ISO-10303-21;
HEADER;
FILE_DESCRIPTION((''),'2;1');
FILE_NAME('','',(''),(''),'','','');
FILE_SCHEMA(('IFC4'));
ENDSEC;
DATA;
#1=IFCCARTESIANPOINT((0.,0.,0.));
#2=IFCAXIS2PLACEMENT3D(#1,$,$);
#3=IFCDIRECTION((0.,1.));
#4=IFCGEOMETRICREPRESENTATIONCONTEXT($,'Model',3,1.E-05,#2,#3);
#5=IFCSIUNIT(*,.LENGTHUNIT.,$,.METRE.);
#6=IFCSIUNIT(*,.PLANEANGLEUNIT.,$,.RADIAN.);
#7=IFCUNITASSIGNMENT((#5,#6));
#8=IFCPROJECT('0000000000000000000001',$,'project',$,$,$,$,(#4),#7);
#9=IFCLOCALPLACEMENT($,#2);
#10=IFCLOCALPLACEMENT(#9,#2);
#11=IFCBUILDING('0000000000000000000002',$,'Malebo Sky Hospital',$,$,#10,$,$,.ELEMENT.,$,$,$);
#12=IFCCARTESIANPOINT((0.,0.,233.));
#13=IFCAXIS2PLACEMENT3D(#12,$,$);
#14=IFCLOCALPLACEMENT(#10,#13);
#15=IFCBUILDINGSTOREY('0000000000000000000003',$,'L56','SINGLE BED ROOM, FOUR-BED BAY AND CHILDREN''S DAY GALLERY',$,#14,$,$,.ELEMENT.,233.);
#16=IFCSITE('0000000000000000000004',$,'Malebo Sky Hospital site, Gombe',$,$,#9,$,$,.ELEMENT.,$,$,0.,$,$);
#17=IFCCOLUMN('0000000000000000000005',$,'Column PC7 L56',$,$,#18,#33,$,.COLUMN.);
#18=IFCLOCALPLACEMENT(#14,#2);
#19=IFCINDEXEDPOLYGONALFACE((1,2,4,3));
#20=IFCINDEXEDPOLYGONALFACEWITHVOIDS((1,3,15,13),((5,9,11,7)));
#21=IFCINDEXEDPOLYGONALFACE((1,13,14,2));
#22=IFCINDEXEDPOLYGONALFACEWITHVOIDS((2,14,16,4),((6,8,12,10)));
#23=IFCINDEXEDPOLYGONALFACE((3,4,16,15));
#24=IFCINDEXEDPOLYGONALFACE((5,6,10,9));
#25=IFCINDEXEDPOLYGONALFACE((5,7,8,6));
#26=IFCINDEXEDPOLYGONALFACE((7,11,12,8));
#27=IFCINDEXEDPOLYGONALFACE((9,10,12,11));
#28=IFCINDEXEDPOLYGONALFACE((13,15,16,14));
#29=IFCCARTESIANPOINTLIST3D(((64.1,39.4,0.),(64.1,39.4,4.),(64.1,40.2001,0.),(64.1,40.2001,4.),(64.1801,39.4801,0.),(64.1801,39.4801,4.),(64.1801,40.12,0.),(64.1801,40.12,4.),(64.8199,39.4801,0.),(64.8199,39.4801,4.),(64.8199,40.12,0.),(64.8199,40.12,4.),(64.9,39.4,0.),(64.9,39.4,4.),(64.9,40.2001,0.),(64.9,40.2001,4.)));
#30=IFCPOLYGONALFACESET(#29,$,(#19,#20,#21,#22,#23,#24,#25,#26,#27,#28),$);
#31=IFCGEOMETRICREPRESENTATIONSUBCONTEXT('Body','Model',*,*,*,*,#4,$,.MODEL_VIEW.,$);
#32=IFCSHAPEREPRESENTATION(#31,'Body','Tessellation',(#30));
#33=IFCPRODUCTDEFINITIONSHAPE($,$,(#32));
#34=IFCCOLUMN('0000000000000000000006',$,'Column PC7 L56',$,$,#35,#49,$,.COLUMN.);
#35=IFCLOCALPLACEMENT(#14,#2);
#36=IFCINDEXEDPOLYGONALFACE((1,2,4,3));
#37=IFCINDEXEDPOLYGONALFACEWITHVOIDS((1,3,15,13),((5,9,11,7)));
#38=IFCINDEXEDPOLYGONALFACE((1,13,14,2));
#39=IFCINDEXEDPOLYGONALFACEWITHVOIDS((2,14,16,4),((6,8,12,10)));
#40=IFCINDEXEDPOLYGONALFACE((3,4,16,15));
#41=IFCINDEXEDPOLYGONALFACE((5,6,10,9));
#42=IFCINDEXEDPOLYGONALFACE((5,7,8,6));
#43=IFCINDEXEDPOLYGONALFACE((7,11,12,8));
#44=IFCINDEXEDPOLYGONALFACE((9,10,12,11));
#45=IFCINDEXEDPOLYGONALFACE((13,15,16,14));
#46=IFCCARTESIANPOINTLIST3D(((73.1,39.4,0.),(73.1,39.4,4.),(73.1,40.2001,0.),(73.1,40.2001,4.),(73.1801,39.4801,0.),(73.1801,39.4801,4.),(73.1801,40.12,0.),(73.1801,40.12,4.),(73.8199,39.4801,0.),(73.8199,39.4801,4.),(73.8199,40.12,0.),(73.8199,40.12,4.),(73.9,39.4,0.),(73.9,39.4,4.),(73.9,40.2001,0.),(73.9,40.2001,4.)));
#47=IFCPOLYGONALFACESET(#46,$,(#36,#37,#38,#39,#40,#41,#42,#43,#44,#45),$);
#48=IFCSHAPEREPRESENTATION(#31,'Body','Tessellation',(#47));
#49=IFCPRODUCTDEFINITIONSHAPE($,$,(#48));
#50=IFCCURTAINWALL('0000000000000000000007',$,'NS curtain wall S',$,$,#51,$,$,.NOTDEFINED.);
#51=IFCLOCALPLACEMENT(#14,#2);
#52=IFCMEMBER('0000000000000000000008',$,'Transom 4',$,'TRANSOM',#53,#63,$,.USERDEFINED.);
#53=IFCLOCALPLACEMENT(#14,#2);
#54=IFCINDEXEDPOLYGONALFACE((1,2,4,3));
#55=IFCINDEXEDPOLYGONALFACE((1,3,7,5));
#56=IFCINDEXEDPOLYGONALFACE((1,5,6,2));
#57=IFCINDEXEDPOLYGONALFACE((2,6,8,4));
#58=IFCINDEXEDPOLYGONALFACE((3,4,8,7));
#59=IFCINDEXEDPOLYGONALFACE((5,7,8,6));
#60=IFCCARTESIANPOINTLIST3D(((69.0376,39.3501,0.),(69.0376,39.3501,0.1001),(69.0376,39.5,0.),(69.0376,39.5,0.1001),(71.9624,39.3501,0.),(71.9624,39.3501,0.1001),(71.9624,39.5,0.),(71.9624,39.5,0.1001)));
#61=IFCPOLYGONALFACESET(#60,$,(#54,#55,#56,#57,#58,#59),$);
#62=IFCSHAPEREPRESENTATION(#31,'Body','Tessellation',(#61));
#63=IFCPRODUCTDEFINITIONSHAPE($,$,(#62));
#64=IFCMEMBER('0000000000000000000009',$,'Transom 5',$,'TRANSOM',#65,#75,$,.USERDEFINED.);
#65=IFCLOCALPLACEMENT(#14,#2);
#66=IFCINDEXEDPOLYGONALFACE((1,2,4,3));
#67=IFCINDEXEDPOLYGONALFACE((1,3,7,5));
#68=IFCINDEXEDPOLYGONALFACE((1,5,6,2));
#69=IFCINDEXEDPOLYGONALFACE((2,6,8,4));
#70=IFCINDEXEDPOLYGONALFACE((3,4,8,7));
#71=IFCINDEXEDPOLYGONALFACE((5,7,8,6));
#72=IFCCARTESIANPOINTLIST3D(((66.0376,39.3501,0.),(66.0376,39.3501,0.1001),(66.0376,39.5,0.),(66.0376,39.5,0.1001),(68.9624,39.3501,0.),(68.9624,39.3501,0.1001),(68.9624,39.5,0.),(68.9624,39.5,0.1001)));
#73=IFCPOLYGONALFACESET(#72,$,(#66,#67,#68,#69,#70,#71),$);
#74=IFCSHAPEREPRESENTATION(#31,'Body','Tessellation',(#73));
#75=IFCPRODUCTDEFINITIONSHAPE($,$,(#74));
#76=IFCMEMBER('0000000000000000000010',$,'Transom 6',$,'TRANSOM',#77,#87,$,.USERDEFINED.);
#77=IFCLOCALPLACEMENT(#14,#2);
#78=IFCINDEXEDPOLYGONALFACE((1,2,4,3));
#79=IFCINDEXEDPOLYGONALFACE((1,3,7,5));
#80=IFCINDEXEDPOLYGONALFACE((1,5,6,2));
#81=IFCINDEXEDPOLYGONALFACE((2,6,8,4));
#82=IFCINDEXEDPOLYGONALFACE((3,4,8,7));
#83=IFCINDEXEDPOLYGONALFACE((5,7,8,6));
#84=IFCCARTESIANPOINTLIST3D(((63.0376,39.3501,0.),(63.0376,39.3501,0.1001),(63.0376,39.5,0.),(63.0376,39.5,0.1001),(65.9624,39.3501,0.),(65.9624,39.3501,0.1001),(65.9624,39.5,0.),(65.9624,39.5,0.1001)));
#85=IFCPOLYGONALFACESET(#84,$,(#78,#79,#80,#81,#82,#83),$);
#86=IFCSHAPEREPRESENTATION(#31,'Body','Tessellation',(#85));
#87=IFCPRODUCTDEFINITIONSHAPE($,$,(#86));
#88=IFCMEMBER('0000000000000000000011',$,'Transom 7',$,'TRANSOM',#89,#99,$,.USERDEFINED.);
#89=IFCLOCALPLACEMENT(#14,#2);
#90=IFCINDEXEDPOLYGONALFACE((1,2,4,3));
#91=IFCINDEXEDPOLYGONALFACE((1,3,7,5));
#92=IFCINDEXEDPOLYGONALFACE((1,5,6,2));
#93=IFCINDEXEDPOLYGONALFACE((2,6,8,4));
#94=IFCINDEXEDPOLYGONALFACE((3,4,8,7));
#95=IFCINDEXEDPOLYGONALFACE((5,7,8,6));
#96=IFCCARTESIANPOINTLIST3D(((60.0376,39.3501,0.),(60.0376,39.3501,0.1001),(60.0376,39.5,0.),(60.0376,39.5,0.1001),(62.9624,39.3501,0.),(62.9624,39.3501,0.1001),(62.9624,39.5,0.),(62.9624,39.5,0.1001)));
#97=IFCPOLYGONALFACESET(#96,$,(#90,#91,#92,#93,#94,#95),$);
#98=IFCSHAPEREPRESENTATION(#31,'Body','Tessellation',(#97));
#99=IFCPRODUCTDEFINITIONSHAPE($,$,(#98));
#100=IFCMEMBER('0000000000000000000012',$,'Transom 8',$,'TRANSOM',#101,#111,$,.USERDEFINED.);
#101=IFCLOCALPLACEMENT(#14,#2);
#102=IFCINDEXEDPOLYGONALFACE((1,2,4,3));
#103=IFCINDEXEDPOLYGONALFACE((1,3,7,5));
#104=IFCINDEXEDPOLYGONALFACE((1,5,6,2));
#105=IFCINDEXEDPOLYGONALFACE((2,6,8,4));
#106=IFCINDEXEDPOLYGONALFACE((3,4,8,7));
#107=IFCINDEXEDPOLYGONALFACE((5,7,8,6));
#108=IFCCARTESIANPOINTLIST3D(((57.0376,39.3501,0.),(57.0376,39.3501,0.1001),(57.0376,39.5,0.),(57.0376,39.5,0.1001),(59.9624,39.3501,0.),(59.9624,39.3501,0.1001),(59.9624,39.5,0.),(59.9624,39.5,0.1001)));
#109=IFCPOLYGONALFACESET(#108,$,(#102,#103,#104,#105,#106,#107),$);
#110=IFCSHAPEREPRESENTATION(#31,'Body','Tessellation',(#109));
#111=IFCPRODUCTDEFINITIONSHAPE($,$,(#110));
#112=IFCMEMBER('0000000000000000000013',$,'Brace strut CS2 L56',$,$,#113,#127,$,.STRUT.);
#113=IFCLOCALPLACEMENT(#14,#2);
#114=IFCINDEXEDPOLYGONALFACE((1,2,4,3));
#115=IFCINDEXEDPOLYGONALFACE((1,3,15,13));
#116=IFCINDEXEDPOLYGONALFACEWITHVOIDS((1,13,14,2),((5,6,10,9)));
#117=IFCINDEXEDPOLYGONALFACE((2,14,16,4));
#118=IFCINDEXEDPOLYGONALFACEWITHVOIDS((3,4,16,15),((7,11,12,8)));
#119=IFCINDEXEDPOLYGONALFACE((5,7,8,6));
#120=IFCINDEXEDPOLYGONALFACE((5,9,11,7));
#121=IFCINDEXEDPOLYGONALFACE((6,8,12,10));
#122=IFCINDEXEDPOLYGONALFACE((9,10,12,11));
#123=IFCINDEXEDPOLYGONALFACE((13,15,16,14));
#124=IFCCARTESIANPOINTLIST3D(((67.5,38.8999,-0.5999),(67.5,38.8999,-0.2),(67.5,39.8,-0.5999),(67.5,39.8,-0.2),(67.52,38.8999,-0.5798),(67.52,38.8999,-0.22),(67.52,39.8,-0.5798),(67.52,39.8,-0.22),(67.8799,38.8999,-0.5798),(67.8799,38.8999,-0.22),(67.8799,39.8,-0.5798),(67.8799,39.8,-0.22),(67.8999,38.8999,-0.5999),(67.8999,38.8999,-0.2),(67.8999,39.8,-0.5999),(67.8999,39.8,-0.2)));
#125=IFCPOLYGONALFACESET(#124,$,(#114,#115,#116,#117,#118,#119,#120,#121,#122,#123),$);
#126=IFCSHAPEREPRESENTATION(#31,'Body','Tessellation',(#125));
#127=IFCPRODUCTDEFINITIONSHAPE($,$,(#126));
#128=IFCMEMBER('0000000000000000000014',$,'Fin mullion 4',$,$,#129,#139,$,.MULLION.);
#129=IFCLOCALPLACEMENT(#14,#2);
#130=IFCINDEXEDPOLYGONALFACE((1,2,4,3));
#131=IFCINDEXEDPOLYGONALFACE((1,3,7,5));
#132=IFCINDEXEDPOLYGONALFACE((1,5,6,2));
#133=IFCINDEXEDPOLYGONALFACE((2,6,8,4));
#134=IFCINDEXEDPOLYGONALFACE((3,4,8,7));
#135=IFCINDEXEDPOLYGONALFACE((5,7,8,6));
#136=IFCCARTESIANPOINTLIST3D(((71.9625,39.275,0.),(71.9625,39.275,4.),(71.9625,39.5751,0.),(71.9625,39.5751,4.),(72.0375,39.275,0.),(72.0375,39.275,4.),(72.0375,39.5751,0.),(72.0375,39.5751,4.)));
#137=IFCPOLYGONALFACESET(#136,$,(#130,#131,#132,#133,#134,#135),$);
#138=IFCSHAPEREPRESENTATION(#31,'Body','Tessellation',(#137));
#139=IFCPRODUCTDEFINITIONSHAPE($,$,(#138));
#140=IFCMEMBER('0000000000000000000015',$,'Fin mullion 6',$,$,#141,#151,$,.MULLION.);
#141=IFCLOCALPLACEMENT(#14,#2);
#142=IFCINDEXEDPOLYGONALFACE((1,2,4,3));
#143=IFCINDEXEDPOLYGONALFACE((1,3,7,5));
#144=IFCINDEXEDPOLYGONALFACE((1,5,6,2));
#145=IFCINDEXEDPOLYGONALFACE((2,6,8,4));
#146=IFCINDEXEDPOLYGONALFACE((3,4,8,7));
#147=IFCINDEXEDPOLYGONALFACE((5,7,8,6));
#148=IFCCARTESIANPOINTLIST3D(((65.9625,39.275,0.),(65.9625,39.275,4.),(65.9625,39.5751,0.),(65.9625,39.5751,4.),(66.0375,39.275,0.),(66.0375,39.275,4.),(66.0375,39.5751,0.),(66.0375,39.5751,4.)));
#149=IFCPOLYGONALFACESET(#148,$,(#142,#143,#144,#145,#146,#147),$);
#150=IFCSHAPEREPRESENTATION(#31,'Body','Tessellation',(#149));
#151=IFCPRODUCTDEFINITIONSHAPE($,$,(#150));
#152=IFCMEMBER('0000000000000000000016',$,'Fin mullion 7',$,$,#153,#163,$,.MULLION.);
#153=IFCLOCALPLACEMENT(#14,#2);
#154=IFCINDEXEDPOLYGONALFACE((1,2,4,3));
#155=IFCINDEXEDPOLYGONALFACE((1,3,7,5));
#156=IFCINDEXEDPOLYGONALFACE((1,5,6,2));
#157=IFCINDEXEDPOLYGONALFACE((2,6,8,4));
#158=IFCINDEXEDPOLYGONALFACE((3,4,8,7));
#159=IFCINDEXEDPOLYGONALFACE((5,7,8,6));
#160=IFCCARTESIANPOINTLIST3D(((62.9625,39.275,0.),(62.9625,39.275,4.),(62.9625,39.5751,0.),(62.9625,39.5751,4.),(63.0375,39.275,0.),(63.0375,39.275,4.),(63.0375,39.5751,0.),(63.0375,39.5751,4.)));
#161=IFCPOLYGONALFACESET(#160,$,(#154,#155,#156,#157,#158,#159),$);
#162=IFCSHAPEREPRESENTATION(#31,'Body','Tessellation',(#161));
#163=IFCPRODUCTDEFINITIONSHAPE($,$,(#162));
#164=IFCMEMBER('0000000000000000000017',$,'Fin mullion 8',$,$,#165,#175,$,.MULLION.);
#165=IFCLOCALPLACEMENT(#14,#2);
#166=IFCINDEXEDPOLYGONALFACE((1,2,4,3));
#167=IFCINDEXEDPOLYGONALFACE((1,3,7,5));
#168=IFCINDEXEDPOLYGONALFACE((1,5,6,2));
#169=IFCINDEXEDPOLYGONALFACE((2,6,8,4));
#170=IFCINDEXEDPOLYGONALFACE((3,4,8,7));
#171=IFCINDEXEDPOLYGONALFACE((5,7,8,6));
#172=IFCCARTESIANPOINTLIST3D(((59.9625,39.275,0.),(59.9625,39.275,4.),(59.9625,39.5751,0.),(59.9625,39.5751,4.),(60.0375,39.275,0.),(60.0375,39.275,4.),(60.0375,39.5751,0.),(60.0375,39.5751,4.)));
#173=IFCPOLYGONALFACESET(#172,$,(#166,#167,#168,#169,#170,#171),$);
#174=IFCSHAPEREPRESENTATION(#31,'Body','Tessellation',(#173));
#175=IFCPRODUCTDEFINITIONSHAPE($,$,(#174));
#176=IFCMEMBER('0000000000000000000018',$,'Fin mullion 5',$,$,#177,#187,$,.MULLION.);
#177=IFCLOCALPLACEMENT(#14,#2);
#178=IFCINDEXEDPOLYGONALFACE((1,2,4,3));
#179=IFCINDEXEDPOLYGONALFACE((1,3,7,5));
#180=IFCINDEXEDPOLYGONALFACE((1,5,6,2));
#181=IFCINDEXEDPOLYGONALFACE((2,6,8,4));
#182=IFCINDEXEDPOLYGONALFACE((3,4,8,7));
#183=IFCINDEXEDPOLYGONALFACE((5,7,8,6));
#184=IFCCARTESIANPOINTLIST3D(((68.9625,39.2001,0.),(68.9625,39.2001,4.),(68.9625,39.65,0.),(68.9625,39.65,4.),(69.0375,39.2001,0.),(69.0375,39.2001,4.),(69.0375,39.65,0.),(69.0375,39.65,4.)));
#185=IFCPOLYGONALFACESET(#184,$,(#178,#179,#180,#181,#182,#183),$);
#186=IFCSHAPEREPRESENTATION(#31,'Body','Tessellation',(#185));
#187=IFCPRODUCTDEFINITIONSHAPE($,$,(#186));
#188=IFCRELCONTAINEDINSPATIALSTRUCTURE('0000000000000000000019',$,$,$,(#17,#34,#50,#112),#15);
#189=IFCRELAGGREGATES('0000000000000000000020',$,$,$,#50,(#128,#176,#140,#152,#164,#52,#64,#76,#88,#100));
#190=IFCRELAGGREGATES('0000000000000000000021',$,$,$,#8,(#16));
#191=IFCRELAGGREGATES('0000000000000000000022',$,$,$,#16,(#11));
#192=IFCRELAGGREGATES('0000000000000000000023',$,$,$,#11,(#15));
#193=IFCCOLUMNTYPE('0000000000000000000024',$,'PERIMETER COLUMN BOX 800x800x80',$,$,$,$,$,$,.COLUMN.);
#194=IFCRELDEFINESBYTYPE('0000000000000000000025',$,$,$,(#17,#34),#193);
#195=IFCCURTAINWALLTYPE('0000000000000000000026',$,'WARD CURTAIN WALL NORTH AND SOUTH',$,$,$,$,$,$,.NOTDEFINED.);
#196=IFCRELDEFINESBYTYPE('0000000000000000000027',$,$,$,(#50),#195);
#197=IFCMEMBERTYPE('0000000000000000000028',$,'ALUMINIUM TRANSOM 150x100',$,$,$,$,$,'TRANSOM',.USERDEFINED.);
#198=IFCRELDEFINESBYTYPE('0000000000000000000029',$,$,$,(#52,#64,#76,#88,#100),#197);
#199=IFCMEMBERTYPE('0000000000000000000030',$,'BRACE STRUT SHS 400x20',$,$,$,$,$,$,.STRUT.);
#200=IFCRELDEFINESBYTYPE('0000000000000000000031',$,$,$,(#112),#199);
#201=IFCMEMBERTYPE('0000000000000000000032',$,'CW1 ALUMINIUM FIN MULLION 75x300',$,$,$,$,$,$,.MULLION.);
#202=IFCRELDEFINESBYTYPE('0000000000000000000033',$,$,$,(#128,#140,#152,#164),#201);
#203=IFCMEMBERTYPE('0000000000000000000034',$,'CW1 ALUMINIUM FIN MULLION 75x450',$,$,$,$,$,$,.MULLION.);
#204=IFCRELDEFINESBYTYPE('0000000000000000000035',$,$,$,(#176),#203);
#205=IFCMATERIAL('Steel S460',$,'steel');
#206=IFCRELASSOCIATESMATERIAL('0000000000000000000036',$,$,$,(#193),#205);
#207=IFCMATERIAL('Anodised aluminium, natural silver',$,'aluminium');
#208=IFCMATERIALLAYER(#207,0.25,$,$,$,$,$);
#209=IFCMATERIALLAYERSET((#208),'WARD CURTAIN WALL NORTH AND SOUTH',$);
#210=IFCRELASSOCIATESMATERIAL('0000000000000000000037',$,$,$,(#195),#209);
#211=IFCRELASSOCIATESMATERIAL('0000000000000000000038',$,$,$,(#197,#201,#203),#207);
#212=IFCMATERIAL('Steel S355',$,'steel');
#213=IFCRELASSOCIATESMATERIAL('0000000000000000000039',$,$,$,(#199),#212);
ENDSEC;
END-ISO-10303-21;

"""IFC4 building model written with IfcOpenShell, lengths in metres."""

from ifc_helpers import new_model, si_unit, direction, frame, origin, origin_2d, place, context, subcontext, project, spatial, rectangle, hollow_rectangle, extrude, material, layer, layer_set, material_profile, profile_set, type_object, element, aggregate, save


model = new_model("IFC4")

# Units and contexts
model_context = context("Model", 3, precision=1e-05, world=origin(), true_north=direction((0.0, 1.0)))
body_context = subcontext(model_context, "Body", "Model", "MODEL_VIEW")
ifc_project = project(units=[si_unit("LENGTHUNIT", "METRE"), si_unit("PLANEANGLEUNIT", "RADIAN")], contexts=[model_context])

# Site, building, storey
site_placement = place(None, origin())
site = spatial("IfcSite", under=ifc_project, at=site_placement, Name="Malebo Sky Hospital site, Gombe", CompositionType="ELEMENT", RefElevation=0.0)
building_placement = place(site_placement, origin())
building = spatial("IfcBuilding", under=site, at=building_placement, Name="Malebo Sky Hospital", CompositionType="ELEMENT")
storey_placement = place(building_placement, frame((0.0, 0.0, 233.0)))
storey = spatial("IfcBuildingStorey", under=building, at=storey_placement, Name="L56", Description="SINGLE BED ROOM, FOUR-BED BAY AND CHILDREN'S DAY GALLERY", CompositionType="ELEMENT", Elevation=233.0)

# Columns
ifc_material_1 = material(Name="Steel S460", Category="steel")
ifc_material_profile_1 = material_profile(ifc_material_1, hollow_rectangle(XDim=0.8, YDim=0.8, WallThickness=0.0801, at=origin_2d()), Name="BOX 800x800x80")
ifc_profile_set_1 = profile_set([ifc_material_profile_1], Name="Steel S460")
column_type = type_object("IfcColumnType", Name="PERIMETER COLUMN BOX 800x800x80", PredefinedType="COLUMN", material=ifc_profile_set_1)
for number, where, z_axis, x_axis, name in (
    (1, (64.5, 39.8, 0.0), (0.0, 0.0, 1.0), (1.0, 0.0, 0.0), "Column PC7 L56"),
    (2, (73.5, 39.8, 0.0), (0.0, 0.0, 1.0), (1.0, 0.0, 0.0), "Column PC7 L56"),
):
    element("IfcColumn", number, at=place(storey_placement, frame(where, z_axis=z_axis, x_axis=x_axis)), inside=storey, type_object=column_type, Name=name, PredefinedType="COLUMN", context=body_context, shape_type="SweptSolid", body=[
        extrude(hollow_rectangle(XDim=0.8, YDim=0.8, WallThickness=0.0801, at=origin_2d()), origin(), (0.0, 0.0, 1.0), 4.0),
    ])

# Curtain wall, members
ifc_material_2 = material(Name="Anodised aluminium, natural silver", Category="aluminium")
ifc_layer_1 = layer(ifc_material_2, 0.25)
ifc_layer_set_1 = layer_set([ifc_layer_1], Name="WARD CURTAIN WALL NORTH AND SOUTH")
curtain_wall_type = type_object("IfcCurtainWallType", Name="WARD CURTAIN WALL NORTH AND SOUTH", PredefinedType="NOTDEFINED", material=ifc_layer_set_1)
curtain_wall_placement = place(storey_placement, origin())
curtain_wall = element("IfcCurtainWall", 3, at=curtain_wall_placement, inside=storey, type_object=curtain_wall_type, Name="NS curtain wall S", PredefinedType="NOTDEFINED")
ifc_material_profile_2 = material_profile(ifc_material_2, rectangle(XDim=0.1499, YDim=0.1001, at=origin_2d()), Name="ALUMINIUM TRANSOM 150x100")
ifc_profile_set_2 = profile_set([ifc_material_profile_2], Name="Anodised aluminium, natural silver")
member_type_1 = type_object("IfcMemberType", Name="ALUMINIUM TRANSOM 150x100", ElementType="TRANSOM", PredefinedType="USERDEFINED", material=ifc_profile_set_2)
member_1_placement = place(storey_placement, frame((71.9624, 39.425, 0.05), z_axis=(-1.0, 0.0, 0.0), x_axis=(0.0, -1.0, 0.0)))
member_1 = element("IfcMember", 4, at=member_1_placement, type_object=member_type_1, Name="Transom 4", ObjectType="TRANSOM", PredefinedType="USERDEFINED", context=body_context, shape_type="SweptSolid", body=[
    extrude(rectangle(XDim=0.1499, YDim=0.1001, at=origin_2d()), origin(), (0.0, 0.0, 1.0), 2.9248),
])
member_2_placement = place(storey_placement, frame((68.9624, 39.425, 0.05), z_axis=(-1.0, 0.0, 0.0), x_axis=(0.0, -1.0, 0.0)))
member_2 = element("IfcMember", 5, at=member_2_placement, type_object=member_type_1, Name="Transom 5", ObjectType="TRANSOM", PredefinedType="USERDEFINED", context=body_context, shape_type="SweptSolid", body=[
    extrude(rectangle(XDim=0.1499, YDim=0.1001, at=origin_2d()), origin(), (0.0, 0.0, 1.0), 2.9248),
])
member_3_placement = place(storey_placement, frame((65.9624, 39.425, 0.05), z_axis=(-1.0, 0.0, 0.0), x_axis=(0.0, -1.0, 0.0)))
member_3 = element("IfcMember", 6, at=member_3_placement, type_object=member_type_1, Name="Transom 6", ObjectType="TRANSOM", PredefinedType="USERDEFINED", context=body_context, shape_type="SweptSolid", body=[
    extrude(rectangle(XDim=0.1499, YDim=0.1001, at=origin_2d()), origin(), (0.0, 0.0, 1.0), 2.9248),
])
member_4_placement = place(storey_placement, frame((62.9624, 39.425, 0.05), z_axis=(-1.0, 0.0, 0.0), x_axis=(0.0, -1.0, 0.0)))
member_4 = element("IfcMember", 7, at=member_4_placement, type_object=member_type_1, Name="Transom 7", ObjectType="TRANSOM", PredefinedType="USERDEFINED", context=body_context, shape_type="SweptSolid", body=[
    extrude(rectangle(XDim=0.1499, YDim=0.1001, at=origin_2d()), origin(), (0.0, 0.0, 1.0), 2.9248),
])
member_5_placement = place(storey_placement, frame((59.9624, 39.425, 0.05), z_axis=(-1.0, 0.0, 0.0), x_axis=(0.0, -1.0, 0.0)))
member_5 = element("IfcMember", 8, at=member_5_placement, type_object=member_type_1, Name="Transom 8", ObjectType="TRANSOM", PredefinedType="USERDEFINED", context=body_context, shape_type="SweptSolid", body=[
    extrude(rectangle(XDim=0.1499, YDim=0.1001, at=origin_2d()), origin(), (0.0, 0.0, 1.0), 2.9248),
])

# Members
ifc_material_3 = material(Name="Steel S355", Category="steel")
ifc_material_profile_3 = material_profile(ifc_material_3, hollow_rectangle(XDim=0.3999, YDim=0.3999, WallThickness=0.02, at=origin_2d()), Name="SHS 400x20")
ifc_profile_set_3 = profile_set([ifc_material_profile_3], Name="Steel S355")
member_type_2 = type_object("IfcMemberType", Name="BRACE STRUT SHS 400x20", PredefinedType="STRUT", material=ifc_profile_set_3)
member_6_placement = place(storey_placement, frame((67.7, 38.8999, -0.3999), z_axis=(0.0, 1.0, 0.0), x_axis=(-1.0, 0.0, 0.0)))
element("IfcMember", 9, at=member_6_placement, inside=storey, type_object=member_type_2, Name="Brace strut CS2 L56", PredefinedType="STRUT", context=body_context, shape_type="SweptSolid", body=[
    extrude(hollow_rectangle(XDim=0.3999, YDim=0.3999, WallThickness=0.02, at=origin_2d()), origin(), (0.0, 0.0, 1.0), 0.9001),
])
ifc_material_profile_4 = material_profile(ifc_material_2, rectangle(XDim=0.075, YDim=0.3, at=origin_2d()), Name="CW1 ALUMINIUM FIN MULLION 75x300")
ifc_profile_set_4 = profile_set([ifc_material_profile_4], Name="Anodised aluminium, natural silver")
member_type_3 = type_object("IfcMemberType", Name="CW1 ALUMINIUM FIN MULLION 75x300", PredefinedType="MULLION", material=ifc_profile_set_4)
member_7_placement = place(storey_placement, frame((72.0, 39.425, 0.0), z_axis=(0.0, 0.0, 1.0), x_axis=(-1.0, 0.0, 0.0)))
member_7 = element("IfcMember", 10, at=member_7_placement, type_object=member_type_3, Name="Fin mullion 4", PredefinedType="MULLION", context=body_context, shape_type="SweptSolid", body=[
    extrude(rectangle(XDim=0.075, YDim=0.3, at=origin_2d()), origin(), (0.0, 0.0, 1.0), 4.0),
])
member_8_placement = place(storey_placement, frame((66.0, 39.425, 0.0), z_axis=(0.0, 0.0, 1.0), x_axis=(-1.0, 0.0, 0.0)))
member_8 = element("IfcMember", 11, at=member_8_placement, type_object=member_type_3, Name="Fin mullion 6", PredefinedType="MULLION", context=body_context, shape_type="SweptSolid", body=[
    extrude(rectangle(XDim=0.075, YDim=0.3, at=origin_2d()), origin(), (0.0, 0.0, 1.0), 4.0),
])
member_9_placement = place(storey_placement, frame((63.0, 39.425, 0.0), z_axis=(0.0, 0.0, 1.0), x_axis=(-1.0, 0.0, 0.0)))
member_9 = element("IfcMember", 12, at=member_9_placement, type_object=member_type_3, Name="Fin mullion 7", PredefinedType="MULLION", context=body_context, shape_type="SweptSolid", body=[
    extrude(rectangle(XDim=0.075, YDim=0.3, at=origin_2d()), origin(), (0.0, 0.0, 1.0), 4.0),
])
member_10_placement = place(storey_placement, frame((60.0, 39.425, 0.0), z_axis=(0.0, 0.0, 1.0), x_axis=(-1.0, 0.0, 0.0)))
member_10 = element("IfcMember", 13, at=member_10_placement, type_object=member_type_3, Name="Fin mullion 8", PredefinedType="MULLION", context=body_context, shape_type="SweptSolid", body=[
    extrude(rectangle(XDim=0.075, YDim=0.3, at=origin_2d()), origin(), (0.0, 0.0, 1.0), 4.0),
])
ifc_material_profile_5 = material_profile(ifc_material_2, rectangle(XDim=0.075, YDim=0.45, at=origin_2d()), Name="CW1 ALUMINIUM FIN MULLION 75x450")
ifc_profile_set_5 = profile_set([ifc_material_profile_5], Name="Anodised aluminium, natural silver")
member_type_4 = type_object("IfcMemberType", Name="CW1 ALUMINIUM FIN MULLION 75x450", PredefinedType="MULLION", material=ifc_profile_set_5)
member_11_placement = place(storey_placement, frame((69.0, 39.425, 0.0), z_axis=(0.0, 0.0, 1.0), x_axis=(-1.0, 0.0, 0.0)))
member_11 = element("IfcMember", 14, at=member_11_placement, type_object=member_type_4, Name="Fin mullion 5", PredefinedType="MULLION", context=body_context, shape_type="SweptSolid", body=[
    extrude(rectangle(XDim=0.075, YDim=0.45, at=origin_2d()), origin(), (0.0, 0.0, 1.0), 4.0),
])

aggregate(curtain_wall, [member_7, member_11, member_8, member_9, member_10, member_1, member_2, member_3, member_4, member_5])

save(model, "model.ifc")
